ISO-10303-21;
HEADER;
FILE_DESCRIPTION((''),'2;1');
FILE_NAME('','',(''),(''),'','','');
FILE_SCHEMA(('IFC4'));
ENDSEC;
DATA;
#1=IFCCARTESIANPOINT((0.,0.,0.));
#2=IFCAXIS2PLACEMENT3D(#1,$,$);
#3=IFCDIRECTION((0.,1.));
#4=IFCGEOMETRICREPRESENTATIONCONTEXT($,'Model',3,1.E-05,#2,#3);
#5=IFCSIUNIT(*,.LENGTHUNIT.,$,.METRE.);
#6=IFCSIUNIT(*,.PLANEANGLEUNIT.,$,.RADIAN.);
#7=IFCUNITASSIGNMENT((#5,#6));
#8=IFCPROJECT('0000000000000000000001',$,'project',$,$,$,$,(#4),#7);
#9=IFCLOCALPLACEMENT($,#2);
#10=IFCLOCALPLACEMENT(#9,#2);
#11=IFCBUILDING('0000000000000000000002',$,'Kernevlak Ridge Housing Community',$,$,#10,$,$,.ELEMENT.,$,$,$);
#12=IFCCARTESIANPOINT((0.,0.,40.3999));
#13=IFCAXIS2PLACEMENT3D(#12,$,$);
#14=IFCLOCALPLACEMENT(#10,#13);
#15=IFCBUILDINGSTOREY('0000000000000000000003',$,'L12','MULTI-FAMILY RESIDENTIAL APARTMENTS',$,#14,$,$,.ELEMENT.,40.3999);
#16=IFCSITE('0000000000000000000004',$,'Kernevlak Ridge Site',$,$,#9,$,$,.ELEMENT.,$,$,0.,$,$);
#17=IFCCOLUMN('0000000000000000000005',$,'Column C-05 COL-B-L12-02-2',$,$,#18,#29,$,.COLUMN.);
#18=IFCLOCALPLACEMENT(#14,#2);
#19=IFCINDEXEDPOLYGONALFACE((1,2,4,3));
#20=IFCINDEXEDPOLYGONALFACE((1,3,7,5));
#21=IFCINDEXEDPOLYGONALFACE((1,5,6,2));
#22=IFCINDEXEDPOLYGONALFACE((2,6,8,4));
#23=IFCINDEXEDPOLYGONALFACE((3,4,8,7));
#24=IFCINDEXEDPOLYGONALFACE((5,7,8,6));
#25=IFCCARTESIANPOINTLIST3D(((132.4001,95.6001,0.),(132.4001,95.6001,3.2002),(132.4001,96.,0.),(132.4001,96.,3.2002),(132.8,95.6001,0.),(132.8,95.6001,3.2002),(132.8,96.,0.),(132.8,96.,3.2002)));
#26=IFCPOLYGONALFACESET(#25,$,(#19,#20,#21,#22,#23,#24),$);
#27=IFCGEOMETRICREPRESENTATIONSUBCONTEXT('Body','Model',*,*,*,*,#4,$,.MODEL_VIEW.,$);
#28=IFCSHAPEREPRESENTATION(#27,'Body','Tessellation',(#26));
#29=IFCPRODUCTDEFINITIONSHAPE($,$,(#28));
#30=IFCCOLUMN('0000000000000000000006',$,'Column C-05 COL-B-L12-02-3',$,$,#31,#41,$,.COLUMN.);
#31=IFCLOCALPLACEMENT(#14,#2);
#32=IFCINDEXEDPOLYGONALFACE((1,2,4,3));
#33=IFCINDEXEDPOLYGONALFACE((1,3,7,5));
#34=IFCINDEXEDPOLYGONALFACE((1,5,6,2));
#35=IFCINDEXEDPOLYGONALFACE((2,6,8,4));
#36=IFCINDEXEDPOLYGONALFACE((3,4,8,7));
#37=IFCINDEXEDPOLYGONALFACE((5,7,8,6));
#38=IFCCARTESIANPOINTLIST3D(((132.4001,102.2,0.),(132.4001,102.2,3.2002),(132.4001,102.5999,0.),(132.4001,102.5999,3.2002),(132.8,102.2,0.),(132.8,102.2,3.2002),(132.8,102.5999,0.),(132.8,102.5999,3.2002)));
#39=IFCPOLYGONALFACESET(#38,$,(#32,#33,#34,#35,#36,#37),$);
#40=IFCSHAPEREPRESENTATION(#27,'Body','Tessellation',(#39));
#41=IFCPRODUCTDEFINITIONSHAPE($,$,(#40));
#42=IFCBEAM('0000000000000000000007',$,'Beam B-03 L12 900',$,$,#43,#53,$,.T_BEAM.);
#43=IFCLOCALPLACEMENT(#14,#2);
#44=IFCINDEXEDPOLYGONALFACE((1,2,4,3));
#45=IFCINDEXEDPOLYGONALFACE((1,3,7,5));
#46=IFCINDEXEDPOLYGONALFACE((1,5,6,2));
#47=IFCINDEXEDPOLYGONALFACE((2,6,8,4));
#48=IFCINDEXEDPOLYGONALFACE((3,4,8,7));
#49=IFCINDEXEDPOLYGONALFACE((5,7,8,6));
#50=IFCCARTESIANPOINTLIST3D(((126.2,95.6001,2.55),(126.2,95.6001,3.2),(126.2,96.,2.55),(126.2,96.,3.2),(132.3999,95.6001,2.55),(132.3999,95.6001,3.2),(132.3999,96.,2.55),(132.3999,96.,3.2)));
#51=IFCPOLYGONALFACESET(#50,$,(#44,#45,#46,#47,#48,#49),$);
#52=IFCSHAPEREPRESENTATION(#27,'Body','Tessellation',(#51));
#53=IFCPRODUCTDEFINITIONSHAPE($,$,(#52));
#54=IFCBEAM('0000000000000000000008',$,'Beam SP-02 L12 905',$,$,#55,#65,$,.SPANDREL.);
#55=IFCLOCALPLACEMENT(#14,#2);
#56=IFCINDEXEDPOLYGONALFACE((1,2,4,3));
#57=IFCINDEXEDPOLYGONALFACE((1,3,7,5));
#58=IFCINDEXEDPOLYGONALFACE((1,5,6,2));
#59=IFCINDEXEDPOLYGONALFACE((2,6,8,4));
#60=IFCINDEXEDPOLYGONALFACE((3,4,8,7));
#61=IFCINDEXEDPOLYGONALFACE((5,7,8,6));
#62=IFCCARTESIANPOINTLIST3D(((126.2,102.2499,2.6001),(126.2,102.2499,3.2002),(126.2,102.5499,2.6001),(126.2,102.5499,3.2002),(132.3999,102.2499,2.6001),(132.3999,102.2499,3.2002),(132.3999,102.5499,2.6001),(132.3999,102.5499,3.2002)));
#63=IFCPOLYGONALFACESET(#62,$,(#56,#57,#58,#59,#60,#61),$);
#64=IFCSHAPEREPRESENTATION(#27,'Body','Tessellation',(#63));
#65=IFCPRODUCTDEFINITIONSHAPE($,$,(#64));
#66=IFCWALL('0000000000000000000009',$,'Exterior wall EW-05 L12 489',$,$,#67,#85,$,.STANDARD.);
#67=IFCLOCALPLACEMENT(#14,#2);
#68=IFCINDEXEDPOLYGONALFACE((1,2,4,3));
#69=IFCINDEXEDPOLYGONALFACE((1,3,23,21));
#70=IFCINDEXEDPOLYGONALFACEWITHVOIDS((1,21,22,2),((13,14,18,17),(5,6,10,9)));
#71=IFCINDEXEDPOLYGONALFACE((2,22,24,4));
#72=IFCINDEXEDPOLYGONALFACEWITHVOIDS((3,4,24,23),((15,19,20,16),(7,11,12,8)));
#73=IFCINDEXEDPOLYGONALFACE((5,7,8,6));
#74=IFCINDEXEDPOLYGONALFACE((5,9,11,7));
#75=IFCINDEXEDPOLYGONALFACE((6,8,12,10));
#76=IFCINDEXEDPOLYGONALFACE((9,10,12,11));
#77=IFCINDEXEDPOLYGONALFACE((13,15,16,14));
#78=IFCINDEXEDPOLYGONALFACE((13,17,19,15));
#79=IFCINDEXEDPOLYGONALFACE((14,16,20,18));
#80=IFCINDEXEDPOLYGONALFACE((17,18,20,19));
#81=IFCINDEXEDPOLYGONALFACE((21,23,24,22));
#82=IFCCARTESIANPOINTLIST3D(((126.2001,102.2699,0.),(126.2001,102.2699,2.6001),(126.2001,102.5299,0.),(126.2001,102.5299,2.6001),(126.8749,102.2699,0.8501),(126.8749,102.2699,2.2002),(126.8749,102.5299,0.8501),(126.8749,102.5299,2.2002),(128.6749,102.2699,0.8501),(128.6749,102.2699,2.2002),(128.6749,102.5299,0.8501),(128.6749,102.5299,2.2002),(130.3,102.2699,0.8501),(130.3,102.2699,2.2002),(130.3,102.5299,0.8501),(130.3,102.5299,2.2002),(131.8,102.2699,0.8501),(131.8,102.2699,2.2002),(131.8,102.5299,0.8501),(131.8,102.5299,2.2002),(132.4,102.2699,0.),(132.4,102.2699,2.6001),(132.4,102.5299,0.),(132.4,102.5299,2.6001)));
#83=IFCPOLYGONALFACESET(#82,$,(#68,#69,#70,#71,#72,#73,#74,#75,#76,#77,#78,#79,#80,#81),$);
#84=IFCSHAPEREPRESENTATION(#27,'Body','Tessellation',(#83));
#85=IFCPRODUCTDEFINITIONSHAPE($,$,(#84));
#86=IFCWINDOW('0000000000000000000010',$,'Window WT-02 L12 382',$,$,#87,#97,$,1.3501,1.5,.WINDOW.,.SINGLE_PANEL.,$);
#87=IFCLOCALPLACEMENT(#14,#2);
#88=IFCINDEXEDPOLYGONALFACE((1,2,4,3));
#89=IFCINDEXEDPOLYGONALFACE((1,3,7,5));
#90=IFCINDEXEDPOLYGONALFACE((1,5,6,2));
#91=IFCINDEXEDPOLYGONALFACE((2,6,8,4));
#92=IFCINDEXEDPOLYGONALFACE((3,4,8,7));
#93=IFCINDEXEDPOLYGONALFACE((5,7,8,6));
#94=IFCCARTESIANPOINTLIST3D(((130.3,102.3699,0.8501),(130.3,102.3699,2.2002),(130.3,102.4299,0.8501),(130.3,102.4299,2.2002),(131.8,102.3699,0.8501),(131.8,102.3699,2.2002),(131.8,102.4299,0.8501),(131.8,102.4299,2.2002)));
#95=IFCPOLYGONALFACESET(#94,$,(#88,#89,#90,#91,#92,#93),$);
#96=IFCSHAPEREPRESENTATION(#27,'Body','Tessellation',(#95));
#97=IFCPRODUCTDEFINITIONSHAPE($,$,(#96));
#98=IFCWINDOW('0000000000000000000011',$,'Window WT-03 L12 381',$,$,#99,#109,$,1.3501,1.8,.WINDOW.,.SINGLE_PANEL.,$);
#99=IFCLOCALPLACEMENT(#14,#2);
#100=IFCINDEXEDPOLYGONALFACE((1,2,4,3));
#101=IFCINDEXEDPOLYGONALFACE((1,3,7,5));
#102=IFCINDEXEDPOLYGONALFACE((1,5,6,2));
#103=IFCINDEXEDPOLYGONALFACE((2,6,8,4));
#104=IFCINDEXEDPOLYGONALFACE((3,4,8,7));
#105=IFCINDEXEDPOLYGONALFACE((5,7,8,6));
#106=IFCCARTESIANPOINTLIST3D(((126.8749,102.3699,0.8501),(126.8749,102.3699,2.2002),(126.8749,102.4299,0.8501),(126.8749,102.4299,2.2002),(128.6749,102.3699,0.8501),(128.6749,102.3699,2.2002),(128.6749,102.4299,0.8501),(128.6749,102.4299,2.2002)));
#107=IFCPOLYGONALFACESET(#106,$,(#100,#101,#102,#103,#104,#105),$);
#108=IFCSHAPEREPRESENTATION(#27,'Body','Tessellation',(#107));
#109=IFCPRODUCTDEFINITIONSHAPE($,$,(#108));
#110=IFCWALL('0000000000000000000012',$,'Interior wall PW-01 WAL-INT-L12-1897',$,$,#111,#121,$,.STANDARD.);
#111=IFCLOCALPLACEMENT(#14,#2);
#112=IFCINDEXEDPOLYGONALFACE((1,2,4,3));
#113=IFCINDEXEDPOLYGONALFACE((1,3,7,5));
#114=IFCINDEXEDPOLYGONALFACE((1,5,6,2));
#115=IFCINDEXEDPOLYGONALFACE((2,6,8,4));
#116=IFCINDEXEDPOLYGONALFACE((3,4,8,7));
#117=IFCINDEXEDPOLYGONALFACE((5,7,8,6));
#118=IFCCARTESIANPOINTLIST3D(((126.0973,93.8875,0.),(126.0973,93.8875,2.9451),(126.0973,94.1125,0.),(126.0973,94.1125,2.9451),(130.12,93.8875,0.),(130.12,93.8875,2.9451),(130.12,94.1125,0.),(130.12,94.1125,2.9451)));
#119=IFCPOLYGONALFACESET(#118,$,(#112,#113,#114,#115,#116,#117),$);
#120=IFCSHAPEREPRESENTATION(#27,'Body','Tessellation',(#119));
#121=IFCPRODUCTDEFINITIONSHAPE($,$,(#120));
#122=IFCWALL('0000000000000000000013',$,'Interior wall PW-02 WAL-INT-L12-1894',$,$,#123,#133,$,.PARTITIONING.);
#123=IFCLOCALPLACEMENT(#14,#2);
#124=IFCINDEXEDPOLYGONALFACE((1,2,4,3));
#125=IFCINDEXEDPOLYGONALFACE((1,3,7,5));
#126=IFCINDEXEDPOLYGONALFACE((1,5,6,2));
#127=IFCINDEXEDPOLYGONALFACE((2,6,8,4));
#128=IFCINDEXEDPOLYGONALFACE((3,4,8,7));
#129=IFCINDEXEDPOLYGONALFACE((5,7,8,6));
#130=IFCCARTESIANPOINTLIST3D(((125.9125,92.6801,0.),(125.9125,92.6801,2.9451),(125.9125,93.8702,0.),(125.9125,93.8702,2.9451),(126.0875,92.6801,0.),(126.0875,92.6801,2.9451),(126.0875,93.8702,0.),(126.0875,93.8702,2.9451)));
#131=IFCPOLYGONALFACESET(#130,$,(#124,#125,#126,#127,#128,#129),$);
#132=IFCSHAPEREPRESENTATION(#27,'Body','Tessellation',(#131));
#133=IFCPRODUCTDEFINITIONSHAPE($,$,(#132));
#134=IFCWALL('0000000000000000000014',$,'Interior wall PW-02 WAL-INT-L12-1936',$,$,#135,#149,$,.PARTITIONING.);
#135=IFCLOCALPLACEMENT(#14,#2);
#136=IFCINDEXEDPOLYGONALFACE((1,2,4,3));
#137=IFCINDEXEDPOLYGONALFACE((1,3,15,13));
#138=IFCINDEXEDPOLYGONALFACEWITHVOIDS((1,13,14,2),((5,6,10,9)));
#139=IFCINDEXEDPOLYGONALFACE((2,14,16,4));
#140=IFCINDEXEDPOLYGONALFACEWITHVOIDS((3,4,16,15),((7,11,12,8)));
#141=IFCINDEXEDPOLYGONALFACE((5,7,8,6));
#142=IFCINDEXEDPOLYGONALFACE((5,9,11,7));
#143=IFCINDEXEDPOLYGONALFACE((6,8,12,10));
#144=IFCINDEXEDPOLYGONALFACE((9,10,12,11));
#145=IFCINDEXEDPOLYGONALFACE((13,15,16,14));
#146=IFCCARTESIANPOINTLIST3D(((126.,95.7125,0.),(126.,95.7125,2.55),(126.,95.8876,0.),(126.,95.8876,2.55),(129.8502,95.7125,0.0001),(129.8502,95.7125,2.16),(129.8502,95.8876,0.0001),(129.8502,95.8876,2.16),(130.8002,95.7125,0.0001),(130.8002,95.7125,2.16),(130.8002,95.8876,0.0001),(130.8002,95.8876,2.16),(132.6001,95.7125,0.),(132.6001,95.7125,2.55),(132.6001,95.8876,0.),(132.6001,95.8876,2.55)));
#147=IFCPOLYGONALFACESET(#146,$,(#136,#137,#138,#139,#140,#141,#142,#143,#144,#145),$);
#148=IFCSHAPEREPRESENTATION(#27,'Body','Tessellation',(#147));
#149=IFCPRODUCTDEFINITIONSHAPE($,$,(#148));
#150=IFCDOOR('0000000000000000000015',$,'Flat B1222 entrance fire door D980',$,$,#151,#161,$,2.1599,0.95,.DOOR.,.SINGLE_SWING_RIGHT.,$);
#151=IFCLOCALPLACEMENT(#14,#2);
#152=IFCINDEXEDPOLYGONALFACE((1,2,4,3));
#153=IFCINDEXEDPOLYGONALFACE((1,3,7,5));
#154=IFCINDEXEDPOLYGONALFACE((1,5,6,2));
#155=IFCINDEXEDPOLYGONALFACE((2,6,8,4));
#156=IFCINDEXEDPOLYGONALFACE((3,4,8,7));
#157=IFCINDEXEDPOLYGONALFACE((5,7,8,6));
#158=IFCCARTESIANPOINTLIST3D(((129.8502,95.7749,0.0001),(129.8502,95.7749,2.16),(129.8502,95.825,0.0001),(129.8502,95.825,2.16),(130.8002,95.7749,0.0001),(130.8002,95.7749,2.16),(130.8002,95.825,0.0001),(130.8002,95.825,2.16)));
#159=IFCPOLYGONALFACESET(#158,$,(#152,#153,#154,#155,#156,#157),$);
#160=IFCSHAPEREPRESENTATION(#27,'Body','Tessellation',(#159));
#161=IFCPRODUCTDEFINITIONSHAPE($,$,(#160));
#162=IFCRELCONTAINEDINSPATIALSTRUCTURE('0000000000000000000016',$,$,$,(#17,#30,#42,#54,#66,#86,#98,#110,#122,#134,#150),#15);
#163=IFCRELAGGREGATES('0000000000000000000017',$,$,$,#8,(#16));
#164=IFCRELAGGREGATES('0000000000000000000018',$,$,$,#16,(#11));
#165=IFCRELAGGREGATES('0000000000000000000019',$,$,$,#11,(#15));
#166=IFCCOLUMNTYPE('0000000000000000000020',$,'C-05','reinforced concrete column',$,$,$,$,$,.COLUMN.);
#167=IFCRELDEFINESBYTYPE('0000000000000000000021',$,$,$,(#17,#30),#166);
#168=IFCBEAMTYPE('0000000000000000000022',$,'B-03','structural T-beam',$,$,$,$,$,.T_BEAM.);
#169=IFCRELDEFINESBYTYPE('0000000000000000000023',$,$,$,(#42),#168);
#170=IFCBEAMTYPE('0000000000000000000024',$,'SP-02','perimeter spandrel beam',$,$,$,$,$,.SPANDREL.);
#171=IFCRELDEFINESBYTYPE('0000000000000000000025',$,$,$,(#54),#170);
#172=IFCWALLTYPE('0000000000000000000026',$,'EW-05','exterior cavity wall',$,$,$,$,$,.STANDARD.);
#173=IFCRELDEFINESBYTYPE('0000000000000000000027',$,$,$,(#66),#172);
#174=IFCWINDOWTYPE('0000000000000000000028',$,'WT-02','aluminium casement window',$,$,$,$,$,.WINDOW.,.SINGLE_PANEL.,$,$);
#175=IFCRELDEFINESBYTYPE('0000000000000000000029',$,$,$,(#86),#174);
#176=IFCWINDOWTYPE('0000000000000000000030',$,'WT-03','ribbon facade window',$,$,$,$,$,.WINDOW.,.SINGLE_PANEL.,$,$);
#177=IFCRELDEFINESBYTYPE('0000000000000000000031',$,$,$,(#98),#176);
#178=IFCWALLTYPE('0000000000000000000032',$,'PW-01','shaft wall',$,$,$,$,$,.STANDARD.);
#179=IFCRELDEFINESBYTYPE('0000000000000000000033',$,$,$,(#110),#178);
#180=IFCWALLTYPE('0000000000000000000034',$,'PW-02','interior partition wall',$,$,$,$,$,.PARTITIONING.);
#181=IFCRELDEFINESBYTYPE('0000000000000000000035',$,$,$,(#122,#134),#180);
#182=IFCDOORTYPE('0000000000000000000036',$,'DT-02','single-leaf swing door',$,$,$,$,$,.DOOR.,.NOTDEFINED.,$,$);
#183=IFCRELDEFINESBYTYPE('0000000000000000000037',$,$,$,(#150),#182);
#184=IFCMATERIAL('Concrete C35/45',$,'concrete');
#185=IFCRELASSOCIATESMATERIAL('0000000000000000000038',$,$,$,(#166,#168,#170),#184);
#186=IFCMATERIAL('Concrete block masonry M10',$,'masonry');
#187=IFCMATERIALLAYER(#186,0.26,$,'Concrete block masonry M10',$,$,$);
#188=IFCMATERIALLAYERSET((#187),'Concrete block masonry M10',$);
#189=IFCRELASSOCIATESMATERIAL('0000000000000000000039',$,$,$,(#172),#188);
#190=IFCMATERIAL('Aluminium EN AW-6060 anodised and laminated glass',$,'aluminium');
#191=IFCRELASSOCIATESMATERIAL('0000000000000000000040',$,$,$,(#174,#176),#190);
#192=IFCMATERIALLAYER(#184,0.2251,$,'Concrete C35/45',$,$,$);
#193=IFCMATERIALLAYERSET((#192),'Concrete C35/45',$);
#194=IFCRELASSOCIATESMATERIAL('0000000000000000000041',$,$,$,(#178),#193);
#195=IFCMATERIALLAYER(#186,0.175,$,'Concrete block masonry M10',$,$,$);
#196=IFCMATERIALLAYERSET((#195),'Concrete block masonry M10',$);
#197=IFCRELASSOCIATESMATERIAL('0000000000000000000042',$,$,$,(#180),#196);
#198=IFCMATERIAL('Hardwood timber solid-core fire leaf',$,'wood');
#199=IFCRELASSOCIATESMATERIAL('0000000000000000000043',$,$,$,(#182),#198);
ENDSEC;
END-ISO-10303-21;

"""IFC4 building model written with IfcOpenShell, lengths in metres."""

from ifc_helpers import new_model, si_unit, direction, frame, frame_2d, origin, origin_2d, place, context, subcontext, project, spatial, rectangle, extrude, material, layer, layer_set, material_profile, profile_set, type_object, element, fill, save


model = new_model("IFC4")

# Units and contexts
model_context = context("Model", 3, precision=1e-05, world=origin(), true_north=direction((0.0, 1.0)))
body_context = subcontext(model_context, "Body", "Model", "MODEL_VIEW")
ifc_project = project(units=[si_unit("LENGTHUNIT", "METRE"), si_unit("PLANEANGLEUNIT", "RADIAN")], contexts=[model_context])

# Site, building, storey
site_placement = place(None, origin())
site = spatial("IfcSite", under=ifc_project, at=site_placement, Name="Kernevlak Ridge Site", CompositionType="ELEMENT", RefElevation=0.0)
building_placement = place(site_placement, origin())
building = spatial("IfcBuilding", under=site, at=building_placement, Name="Kernevlak Ridge Housing Community", CompositionType="ELEMENT")
storey_placement = place(building_placement, frame((0.0, 0.0, 40.3999)))
storey = spatial("IfcBuildingStorey", under=building, at=storey_placement, Name="L12", Description="MULTI-FAMILY RESIDENTIAL APARTMENTS", CompositionType="ELEMENT", Elevation=40.3999)

# Columns
ifc_material_1 = material(Name="Concrete C35/45", Category="concrete")
ifc_material_profile_1 = material_profile(ifc_material_1, rectangle(XDim=0.3999, YDim=0.3999, at=origin_2d()), Name="RC 400x400")
ifc_profile_set_1 = profile_set([ifc_material_profile_1], Name="Concrete C35/45")
column_type = type_object("IfcColumnType", Name="C-05", Description="reinforced concrete column", PredefinedType="COLUMN", material=ifc_profile_set_1)
for number, where, z_axis, x_axis, name in (
    (1, (132.6001, 95.8, 0.0), (0.0, 0.0, 1.0), (1.0, 0.0, 0.0), "Column C-05 COL-B-L12-02-2"),
    (2, (132.6001, 102.3999, 0.0), (0.0, 0.0, 1.0), (1.0, 0.0, 0.0), "Column C-05 COL-B-L12-02-3"),
):
    element("IfcColumn", number, at=place(storey_placement, frame(where, z_axis=z_axis, x_axis=x_axis)), inside=storey, type_object=column_type, Name=name, PredefinedType="COLUMN", context=body_context, shape_type="SweptSolid", body=[
        extrude(rectangle(XDim=0.3999, YDim=0.3999, at=origin_2d()), origin(), (0.0, 0.0, 1.0), 3.2002),
    ])

# Beams
ifc_material_profile_2 = material_profile(ifc_material_1, rectangle(XDim=0.3999, YDim=0.6499, at=origin_2d()), Name="RC 400x650")
ifc_profile_set_2 = profile_set([ifc_material_profile_2], Name="Concrete C35/45")
beam_type_1 = type_object("IfcBeamType", Name="B-03", Description="structural T-beam", PredefinedType="T_BEAM", material=ifc_profile_set_2)
beam_1_placement = place(storey_placement, frame((126.2, 95.8, 2.875), z_axis=(1.0, 0.0, 0.0), x_axis=(0.0, 1.0, 0.0)))
element("IfcBeam", 3, at=beam_1_placement, inside=storey, type_object=beam_type_1, Name="Beam B-03 L12 900", PredefinedType="T_BEAM", context=body_context, shape_type="SweptSolid", body=[
    extrude(rectangle(XDim=0.3999, YDim=0.6499, at=origin_2d()), origin(), (0.0, 0.0, 1.0), 6.2),
])
ifc_material_profile_3 = material_profile(ifc_material_1, rectangle(XDim=0.3, YDim=0.6001, at=origin_2d()), Name="RC 300x600")
ifc_profile_set_3 = profile_set([ifc_material_profile_3], Name="Concrete C35/45")
beam_type_2 = type_object("IfcBeamType", Name="SP-02", Description="perimeter spandrel beam", PredefinedType="SPANDREL", material=ifc_profile_set_3)
beam_2_placement = place(storey_placement, frame((126.2, 102.3999, 2.9001), z_axis=(1.0, 0.0, 0.0), x_axis=(0.0, 1.0, 0.0)))
element("IfcBeam", 4, at=beam_2_placement, inside=storey, type_object=beam_type_2, Name="Beam SP-02 L12 905", PredefinedType="SPANDREL", context=body_context, shape_type="SweptSolid", body=[
    extrude(rectangle(XDim=0.3, YDim=0.6001, at=origin_2d()), origin(), (0.0, 0.0, 1.0), 6.2),
])

# Wall, openings, windows
ifc_material_2 = material(Name="Concrete block masonry M10", Category="masonry")
ifc_layer_1 = layer(ifc_material_2, 0.26, Name="Concrete block masonry M10")
ifc_layer_set_1 = layer_set([ifc_layer_1], Name="Concrete block masonry M10")
wall_type_1 = type_object("IfcWallType", Name="EW-05", Description="exterior cavity wall", PredefinedType="STANDARD", material=ifc_layer_set_1)
wall_1_placement = place(storey_placement, frame((126.2, 102.3999, 0.0), z_axis=(0.0, 0.0, 1.0), x_axis=(1.0, 0.0, 0.0)))
wall_1 = element("IfcWall", 5, at=wall_1_placement, inside=storey, type_object=wall_type_1, Name="Exterior wall EW-05 L12 489", PredefinedType="STANDARD", context=body_context, shape_type="SweptSolid", body=[
    extrude(rectangle(XDim=6.2, YDim=0.26, at=frame_2d((3.1001, 0.0))), origin(), (0.0, 0.0, 1.0), 2.6001),
])
opening_1_placement = place(wall_1_placement, frame((0.675, 0.0, 0.8501)))
opening_1 = element("IfcOpeningElement", 6, at=opening_1_placement, cuts=wall_1, PredefinedType="OPENING", context=body_context, shape_type="SweptSolid", body=[
    extrude(rectangle(XDim=1.8, YDim=1.3501, at=frame_2d((0.8999, 0.675))), frame((0.0, 0.1399, 0.0), z_axis=(0.0, -1.0, 0.0), x_axis=(1.0, 0.0, 0.0)), (0.0, 0.0, 1.0), 0.28),
])
opening_2_placement = place(wall_1_placement, frame((4.1001, 0.0, 0.8501)))
opening_2 = element("IfcOpeningElement", 7, at=opening_2_placement, cuts=wall_1, PredefinedType="OPENING", context=body_context, shape_type="SweptSolid", body=[
    extrude(rectangle(XDim=1.5, YDim=1.3501, at=frame_2d((0.75, 0.675))), frame((0.0, 0.1399, 0.0), z_axis=(0.0, -1.0, 0.0), x_axis=(1.0, 0.0, 0.0)), (0.0, 0.0, 1.0), 0.28),
])
ifc_material_3 = material(Name="Aluminium EN AW-6060 anodised and laminated glass", Category="aluminium")
window_type_1 = type_object("IfcWindowType", Name="WT-02", Description="aluminium casement window", PartitioningType="SINGLE_PANEL", PredefinedType="WINDOW", material=ifc_material_3)
window_1_placement = place(opening_2_placement, origin())
window_1 = element("IfcWindow", 8, at=window_1_placement, inside=storey, type_object=window_type_1, Name="Window WT-02 L12 382", OverallHeight=1.3501, OverallWidth=1.5, PartitioningType="SINGLE_PANEL", PredefinedType="WINDOW", context=body_context, shape_type="SweptSolid", body=[
    extrude(rectangle(XDim=1.5, YDim=1.3501, at=frame_2d((0.75, 0.675))), frame((0.0, 0.03, 0.0), z_axis=(0.0, -1.0, 0.0), x_axis=(1.0, 0.0, 0.0)), (0.0, 0.0, 1.0), 0.0601),
])
fill(opening_2, window_1)
window_type_2 = type_object("IfcWindowType", Name="WT-03", Description="ribbon facade window", PartitioningType="SINGLE_PANEL", PredefinedType="WINDOW", material=ifc_material_3)
window_2_placement = place(opening_1_placement, origin())
window_2 = element("IfcWindow", 9, at=window_2_placement, inside=storey, type_object=window_type_2, Name="Window WT-03 L12 381", OverallHeight=1.3501, OverallWidth=1.8, PartitioningType="SINGLE_PANEL", PredefinedType="WINDOW", context=body_context, shape_type="SweptSolid", body=[
    extrude(rectangle(XDim=1.8, YDim=1.3501, at=frame_2d((0.8999, 0.675))), frame((0.0, 0.03, 0.0), z_axis=(0.0, -1.0, 0.0), x_axis=(1.0, 0.0, 0.0)), (0.0, 0.0, 1.0), 0.0601),
])
fill(opening_1, window_2)

# Walls
ifc_layer_2 = layer(ifc_material_1, 0.2251, Name="Concrete C35/45")
ifc_layer_set_2 = layer_set([ifc_layer_2], Name="Concrete C35/45")
wall_type_2 = type_object("IfcWallType", Name="PW-01", Description="shaft wall", PredefinedType="STANDARD", material=ifc_layer_set_2)
wall_2_placement = place(storey_placement, frame((126.0974, 94.0, 0.0), z_axis=(0.0, 0.0, 1.0), x_axis=(1.0, 0.0, 0.0)))
element("IfcWall", 10, at=wall_2_placement, inside=storey, type_object=wall_type_2, Name="Interior wall PW-01 WAL-INT-L12-1897", PredefinedType="STANDARD", context=body_context, shape_type="SweptSolid", body=[
    extrude(rectangle(XDim=4.0227, YDim=0.2251, at=frame_2d((2.0112, 0.0))), origin(), (0.0, 0.0, 1.0), 2.9451),
])
ifc_layer_3 = layer(ifc_material_2, 0.175, Name="Concrete block masonry M10")
ifc_layer_set_3 = layer_set([ifc_layer_3], Name="Concrete block masonry M10")
wall_type_3 = type_object("IfcWallType", Name="PW-02", Description="interior partition wall", PredefinedType="PARTITIONING", material=ifc_layer_set_3)
wall_3_placement = place(storey_placement, frame((126.0, 92.6799, 0.0), z_axis=(0.0, 0.0, 1.0), x_axis=(0.0, 1.0, 0.0)))
element("IfcWall", 11, at=wall_3_placement, inside=storey, type_object=wall_type_3, Name="Interior wall PW-02 WAL-INT-L12-1894", PredefinedType="PARTITIONING", context=body_context, shape_type="SweptSolid", body=[
    extrude(rectangle(XDim=1.1902, YDim=0.175, at=frame_2d((0.5952, 0.0))), origin(), (0.0, 0.0, 1.0), 2.9451),
])

# Wall, opening, door
wall_4_placement = place(storey_placement, frame((126.0, 95.8, 0.0), z_axis=(0.0, 0.0, 1.0), x_axis=(1.0, 0.0, 0.0)))
wall_4 = element("IfcWall", 12, at=wall_4_placement, inside=storey, type_object=wall_type_3, Name="Interior wall PW-02 WAL-INT-L12-1936", PredefinedType="PARTITIONING", context=body_context, shape_type="SweptSolid", body=[
    extrude(rectangle(XDim=6.6001, YDim=0.175, at=frame_2d((3.3, 0.0))), origin(), (0.0, 0.0, 1.0), 2.55),
])
opening_3_placement = place(wall_4_placement, frame((3.8501, 0.0, 0.0)))
opening_3 = element("IfcOpeningElement", 13, at=opening_3_placement, cuts=wall_4, PredefinedType="OPENING", context=body_context, shape_type="SweptSolid", body=[
    extrude(rectangle(XDim=0.95, YDim=2.1599, at=frame_2d((0.4751, 1.0801))), frame((0.0, 0.0974, 0.0), z_axis=(0.0, -1.0, 0.0), x_axis=(1.0, 0.0, 0.0)), (0.0, 0.0, 1.0), 0.1951),
])
ifc_material_4 = material(Name="Hardwood timber solid-core fire leaf", Category="wood")
door_type_1 = type_object("IfcDoorType", Name="DT-02", Description="single-leaf swing door", OperationType="NOTDEFINED", PredefinedType="DOOR", material=ifc_material_4)
door_1_placement = place(opening_3_placement, origin())
door_1 = element("IfcDoor", 14, at=door_1_placement, inside=storey, type_object=door_type_1, Name="Flat B1222 entrance fire door D980", OperationType="SINGLE_SWING_RIGHT", OverallHeight=2.1599, OverallWidth=0.95, PredefinedType="DOOR", context=body_context, shape_type="SweptSolid", body=[
    extrude(rectangle(XDim=0.95, YDim=2.1599, at=frame_2d((0.4751, 1.0801))), frame((0.0, 0.0249, 0.0), z_axis=(0.0, -1.0, 0.0), x_axis=(1.0, 0.0, 0.0)), (0.0, 0.0, 1.0), 0.05),
])
fill(opening_3, door_1)

save(model, "model.ifc")
